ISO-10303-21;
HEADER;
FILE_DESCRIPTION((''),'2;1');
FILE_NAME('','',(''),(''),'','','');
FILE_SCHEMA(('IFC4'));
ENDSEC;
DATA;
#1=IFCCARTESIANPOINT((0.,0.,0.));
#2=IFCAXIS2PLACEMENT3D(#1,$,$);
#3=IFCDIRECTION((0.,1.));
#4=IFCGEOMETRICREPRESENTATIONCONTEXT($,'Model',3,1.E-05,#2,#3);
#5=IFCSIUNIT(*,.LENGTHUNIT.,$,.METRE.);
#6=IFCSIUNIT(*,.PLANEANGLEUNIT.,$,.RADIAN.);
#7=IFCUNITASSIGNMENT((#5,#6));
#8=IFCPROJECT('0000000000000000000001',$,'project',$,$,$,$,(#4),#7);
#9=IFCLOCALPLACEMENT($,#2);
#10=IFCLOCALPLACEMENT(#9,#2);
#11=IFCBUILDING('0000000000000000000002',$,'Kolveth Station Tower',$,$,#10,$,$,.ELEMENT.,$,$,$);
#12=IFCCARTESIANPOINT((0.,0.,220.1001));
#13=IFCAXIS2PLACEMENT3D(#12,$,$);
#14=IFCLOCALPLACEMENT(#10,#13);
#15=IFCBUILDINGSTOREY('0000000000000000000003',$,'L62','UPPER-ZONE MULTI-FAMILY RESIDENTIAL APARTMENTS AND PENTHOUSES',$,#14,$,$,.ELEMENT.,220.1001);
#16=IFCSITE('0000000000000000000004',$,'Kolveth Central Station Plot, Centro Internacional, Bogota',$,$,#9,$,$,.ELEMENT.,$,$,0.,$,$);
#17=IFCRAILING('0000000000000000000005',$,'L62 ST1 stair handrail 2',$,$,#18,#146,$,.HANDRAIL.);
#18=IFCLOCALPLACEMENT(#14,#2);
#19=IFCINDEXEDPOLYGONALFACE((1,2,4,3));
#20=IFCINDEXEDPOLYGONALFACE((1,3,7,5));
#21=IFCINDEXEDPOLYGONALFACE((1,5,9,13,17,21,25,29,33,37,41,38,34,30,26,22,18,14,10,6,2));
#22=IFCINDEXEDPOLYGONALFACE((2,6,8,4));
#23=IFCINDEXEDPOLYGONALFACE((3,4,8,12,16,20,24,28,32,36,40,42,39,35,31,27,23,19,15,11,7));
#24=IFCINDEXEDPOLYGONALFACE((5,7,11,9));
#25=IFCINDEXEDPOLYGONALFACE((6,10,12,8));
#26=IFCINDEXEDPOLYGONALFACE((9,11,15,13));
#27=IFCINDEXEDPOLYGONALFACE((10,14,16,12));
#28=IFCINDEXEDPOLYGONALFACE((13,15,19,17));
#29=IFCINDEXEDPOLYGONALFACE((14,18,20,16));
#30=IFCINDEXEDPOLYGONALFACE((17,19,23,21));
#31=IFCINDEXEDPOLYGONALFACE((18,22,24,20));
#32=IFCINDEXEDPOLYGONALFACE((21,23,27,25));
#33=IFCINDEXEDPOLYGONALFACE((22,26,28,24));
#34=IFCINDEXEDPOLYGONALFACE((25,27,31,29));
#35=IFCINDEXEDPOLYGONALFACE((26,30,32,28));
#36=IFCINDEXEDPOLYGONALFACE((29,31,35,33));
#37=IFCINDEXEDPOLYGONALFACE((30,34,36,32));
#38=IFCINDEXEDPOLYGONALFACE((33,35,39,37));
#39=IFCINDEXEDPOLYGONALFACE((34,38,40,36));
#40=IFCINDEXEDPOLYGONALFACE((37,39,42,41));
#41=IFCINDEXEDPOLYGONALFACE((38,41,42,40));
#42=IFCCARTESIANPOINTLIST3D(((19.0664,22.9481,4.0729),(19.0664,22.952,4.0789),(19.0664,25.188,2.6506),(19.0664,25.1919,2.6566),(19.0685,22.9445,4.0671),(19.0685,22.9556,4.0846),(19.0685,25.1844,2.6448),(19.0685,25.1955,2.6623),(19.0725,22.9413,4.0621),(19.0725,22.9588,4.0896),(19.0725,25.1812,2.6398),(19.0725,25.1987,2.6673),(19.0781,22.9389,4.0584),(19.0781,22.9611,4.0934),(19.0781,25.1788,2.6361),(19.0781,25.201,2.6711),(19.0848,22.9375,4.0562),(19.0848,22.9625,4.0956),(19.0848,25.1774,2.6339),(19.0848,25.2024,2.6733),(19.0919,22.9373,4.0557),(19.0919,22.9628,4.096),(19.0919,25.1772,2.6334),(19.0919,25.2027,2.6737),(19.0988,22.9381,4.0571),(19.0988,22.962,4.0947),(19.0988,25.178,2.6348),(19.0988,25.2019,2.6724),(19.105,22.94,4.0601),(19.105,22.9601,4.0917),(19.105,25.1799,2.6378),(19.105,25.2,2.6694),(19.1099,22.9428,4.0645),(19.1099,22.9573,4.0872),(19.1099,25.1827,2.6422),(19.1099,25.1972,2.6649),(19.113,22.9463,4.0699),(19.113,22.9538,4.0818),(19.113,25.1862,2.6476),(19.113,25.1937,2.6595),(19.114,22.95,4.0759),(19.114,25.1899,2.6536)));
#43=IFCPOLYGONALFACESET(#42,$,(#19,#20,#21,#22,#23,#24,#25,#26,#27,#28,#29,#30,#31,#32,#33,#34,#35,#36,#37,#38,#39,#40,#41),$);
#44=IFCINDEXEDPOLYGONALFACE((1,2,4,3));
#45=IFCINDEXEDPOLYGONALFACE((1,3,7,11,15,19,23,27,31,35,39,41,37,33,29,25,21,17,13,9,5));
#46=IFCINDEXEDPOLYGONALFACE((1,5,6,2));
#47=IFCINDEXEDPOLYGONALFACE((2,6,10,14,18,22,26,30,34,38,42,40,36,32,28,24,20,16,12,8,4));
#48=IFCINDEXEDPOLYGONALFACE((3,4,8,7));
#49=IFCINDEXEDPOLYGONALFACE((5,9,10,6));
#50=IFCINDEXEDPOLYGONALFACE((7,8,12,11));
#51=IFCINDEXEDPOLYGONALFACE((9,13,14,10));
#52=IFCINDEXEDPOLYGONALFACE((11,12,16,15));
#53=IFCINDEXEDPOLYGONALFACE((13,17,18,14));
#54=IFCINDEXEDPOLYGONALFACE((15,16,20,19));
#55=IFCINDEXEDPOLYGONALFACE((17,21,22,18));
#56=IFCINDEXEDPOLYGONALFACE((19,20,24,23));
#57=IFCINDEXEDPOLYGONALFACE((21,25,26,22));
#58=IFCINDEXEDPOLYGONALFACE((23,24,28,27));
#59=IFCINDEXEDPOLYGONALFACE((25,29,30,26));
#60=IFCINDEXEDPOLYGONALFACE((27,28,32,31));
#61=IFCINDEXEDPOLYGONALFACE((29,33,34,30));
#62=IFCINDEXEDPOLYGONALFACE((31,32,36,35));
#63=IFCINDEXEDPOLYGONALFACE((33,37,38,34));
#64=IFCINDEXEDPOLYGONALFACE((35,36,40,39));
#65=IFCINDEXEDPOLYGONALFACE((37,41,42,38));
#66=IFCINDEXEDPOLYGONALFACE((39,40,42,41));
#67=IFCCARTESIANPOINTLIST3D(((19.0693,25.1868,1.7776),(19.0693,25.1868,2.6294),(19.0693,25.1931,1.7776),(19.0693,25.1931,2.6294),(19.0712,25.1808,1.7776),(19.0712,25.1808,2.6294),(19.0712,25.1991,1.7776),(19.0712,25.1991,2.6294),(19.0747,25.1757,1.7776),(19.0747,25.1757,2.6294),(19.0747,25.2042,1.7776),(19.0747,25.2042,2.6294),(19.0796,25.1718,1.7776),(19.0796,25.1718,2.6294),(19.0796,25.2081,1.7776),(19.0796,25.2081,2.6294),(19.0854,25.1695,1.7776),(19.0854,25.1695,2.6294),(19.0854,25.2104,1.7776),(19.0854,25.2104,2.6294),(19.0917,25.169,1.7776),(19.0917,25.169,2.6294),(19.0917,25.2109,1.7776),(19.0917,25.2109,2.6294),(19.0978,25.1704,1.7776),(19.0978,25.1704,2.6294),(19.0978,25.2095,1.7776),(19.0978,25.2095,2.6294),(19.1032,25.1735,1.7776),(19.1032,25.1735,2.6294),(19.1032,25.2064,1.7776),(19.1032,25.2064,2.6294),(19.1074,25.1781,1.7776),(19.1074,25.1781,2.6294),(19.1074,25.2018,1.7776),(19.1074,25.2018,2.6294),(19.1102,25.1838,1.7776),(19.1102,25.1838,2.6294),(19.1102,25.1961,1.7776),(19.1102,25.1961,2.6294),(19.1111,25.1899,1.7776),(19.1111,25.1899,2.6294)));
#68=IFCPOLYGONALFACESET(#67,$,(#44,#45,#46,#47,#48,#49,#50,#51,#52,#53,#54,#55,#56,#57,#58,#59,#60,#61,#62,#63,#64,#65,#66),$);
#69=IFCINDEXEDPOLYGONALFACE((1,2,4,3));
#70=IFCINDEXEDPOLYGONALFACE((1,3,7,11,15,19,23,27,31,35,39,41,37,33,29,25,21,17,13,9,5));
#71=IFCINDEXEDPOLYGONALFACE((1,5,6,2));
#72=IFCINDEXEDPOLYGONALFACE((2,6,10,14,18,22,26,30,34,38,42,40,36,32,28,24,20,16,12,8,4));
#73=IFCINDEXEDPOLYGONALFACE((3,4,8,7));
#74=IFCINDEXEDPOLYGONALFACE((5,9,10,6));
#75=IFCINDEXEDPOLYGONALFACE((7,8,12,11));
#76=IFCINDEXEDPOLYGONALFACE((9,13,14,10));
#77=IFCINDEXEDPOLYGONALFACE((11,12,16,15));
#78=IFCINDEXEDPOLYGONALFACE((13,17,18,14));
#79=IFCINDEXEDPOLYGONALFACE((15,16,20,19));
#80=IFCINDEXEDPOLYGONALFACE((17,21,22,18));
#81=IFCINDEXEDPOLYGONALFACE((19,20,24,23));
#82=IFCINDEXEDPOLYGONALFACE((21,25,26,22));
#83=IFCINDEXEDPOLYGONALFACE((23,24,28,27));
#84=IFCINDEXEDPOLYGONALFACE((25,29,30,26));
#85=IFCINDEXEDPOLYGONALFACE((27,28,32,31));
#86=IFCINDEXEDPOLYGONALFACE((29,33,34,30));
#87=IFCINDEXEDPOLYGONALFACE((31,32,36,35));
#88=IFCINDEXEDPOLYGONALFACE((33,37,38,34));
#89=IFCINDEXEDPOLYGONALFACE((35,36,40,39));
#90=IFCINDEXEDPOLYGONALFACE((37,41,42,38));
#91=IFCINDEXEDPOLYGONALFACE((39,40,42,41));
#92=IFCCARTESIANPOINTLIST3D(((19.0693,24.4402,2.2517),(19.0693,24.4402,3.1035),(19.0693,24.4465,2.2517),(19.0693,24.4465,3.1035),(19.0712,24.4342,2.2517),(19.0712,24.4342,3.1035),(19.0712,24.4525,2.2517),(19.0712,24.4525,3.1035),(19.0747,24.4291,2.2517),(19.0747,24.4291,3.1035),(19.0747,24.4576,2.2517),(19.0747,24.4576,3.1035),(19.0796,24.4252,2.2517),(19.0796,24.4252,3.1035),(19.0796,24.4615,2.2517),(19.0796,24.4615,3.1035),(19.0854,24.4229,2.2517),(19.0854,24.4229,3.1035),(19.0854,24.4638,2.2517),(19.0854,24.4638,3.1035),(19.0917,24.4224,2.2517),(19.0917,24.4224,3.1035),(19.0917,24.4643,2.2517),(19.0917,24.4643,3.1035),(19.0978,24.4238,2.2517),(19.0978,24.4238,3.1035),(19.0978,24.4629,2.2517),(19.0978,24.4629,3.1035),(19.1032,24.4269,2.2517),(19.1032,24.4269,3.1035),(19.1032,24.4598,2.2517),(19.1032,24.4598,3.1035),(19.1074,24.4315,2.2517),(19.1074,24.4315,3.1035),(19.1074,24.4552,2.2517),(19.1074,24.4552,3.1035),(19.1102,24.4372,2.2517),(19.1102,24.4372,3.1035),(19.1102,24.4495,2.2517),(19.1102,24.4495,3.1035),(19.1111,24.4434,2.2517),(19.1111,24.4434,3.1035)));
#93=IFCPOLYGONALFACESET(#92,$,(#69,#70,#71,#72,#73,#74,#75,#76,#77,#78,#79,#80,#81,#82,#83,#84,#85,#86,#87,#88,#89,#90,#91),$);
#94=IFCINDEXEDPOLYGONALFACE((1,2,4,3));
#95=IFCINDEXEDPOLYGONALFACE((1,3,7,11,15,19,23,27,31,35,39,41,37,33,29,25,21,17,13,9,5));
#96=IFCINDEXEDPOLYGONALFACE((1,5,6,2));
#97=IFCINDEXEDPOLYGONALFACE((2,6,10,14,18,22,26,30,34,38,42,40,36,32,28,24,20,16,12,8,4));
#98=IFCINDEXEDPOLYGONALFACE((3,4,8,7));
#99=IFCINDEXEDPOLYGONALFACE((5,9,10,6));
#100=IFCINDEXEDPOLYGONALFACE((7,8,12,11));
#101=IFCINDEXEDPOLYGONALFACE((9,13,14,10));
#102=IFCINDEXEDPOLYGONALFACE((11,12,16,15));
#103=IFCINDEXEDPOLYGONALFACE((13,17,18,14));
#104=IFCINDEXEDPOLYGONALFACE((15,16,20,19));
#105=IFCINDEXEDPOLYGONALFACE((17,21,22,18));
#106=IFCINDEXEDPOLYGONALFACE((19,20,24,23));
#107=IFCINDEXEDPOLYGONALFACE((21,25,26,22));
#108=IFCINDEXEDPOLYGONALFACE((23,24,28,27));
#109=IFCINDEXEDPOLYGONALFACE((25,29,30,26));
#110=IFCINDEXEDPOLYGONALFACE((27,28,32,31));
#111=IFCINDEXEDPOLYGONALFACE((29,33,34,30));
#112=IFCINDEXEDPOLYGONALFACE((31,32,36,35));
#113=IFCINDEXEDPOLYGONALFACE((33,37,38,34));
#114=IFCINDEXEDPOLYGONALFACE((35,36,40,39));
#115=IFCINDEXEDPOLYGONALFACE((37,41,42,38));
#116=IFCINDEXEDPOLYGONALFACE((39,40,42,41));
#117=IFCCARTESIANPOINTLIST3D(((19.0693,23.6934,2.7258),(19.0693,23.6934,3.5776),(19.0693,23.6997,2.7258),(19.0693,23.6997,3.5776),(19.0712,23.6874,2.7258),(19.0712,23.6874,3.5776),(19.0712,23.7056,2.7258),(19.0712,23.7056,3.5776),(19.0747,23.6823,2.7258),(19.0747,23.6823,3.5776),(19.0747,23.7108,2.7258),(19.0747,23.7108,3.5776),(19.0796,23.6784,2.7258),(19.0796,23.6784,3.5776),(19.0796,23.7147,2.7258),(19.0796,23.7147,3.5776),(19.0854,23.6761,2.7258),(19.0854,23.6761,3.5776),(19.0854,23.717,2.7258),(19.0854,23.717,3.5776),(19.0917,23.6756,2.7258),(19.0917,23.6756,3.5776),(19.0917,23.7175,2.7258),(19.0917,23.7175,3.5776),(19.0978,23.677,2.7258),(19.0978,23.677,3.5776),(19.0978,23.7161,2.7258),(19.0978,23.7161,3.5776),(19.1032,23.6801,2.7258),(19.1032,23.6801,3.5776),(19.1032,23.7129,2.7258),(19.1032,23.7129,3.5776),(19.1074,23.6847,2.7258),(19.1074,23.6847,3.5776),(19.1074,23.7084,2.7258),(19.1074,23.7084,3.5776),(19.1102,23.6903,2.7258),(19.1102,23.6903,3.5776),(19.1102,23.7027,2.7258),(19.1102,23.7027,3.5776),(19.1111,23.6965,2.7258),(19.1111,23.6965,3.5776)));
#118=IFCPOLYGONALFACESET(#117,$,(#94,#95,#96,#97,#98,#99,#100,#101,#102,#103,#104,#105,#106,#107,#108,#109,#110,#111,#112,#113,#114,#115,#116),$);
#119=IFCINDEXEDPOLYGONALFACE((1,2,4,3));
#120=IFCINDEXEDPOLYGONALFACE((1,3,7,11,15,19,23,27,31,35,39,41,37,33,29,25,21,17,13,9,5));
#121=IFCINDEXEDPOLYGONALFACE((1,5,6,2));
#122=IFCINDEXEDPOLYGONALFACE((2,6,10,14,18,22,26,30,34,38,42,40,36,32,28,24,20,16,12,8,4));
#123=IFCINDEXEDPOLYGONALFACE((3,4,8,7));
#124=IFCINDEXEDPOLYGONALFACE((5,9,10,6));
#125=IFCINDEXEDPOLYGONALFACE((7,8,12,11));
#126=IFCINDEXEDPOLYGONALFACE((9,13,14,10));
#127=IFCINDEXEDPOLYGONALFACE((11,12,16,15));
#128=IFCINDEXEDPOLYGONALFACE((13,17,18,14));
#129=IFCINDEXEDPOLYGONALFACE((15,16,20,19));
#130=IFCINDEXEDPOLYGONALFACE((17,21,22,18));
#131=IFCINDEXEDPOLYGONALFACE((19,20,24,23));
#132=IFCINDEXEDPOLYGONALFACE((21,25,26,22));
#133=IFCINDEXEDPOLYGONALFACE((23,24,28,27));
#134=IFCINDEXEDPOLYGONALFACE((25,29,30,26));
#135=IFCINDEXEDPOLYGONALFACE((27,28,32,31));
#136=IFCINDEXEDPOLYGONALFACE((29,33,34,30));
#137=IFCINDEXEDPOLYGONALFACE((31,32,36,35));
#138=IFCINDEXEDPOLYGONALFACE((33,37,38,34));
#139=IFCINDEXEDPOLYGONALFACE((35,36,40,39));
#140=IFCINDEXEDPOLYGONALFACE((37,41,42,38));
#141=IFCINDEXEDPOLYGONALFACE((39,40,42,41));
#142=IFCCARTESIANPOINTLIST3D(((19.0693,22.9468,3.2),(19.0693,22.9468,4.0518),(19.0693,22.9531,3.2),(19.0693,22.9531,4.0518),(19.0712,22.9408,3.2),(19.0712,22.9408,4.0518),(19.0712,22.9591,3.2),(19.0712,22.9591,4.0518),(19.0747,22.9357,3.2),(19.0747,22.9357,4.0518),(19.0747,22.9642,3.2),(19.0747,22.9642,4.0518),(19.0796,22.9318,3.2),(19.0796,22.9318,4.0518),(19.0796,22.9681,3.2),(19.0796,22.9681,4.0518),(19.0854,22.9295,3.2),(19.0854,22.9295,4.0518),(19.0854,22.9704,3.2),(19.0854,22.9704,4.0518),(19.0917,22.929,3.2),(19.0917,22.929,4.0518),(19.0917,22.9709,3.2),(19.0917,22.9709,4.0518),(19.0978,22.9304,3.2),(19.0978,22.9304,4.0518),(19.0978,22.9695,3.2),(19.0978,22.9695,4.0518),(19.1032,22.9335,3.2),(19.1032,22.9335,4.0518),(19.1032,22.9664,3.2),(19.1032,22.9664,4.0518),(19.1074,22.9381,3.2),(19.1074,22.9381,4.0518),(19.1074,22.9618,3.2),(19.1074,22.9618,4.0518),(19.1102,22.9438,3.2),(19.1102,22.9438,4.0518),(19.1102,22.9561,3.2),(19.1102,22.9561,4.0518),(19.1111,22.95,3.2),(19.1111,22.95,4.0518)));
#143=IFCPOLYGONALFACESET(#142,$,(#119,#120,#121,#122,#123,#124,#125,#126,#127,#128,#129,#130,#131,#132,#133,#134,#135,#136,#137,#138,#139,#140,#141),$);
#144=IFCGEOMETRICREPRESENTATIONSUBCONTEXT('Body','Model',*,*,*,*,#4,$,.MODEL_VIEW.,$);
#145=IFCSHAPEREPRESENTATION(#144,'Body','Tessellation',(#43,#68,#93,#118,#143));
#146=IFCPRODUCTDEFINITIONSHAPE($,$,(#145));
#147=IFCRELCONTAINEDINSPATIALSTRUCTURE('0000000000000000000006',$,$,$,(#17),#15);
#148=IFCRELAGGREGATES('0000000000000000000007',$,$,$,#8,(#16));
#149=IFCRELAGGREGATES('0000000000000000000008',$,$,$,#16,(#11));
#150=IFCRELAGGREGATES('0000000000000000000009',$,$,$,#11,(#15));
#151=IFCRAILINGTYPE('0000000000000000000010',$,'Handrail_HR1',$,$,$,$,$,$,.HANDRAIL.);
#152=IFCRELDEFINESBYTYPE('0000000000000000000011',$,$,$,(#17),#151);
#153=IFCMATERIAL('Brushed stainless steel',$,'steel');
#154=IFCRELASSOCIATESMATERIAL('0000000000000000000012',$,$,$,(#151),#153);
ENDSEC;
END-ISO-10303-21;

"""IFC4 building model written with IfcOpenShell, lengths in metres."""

from ifc_helpers import new_model, si_unit, direction, frame, origin, origin_2d, place, context, subcontext, project, spatial, circle, extrude, material, type_object, element, save


model = new_model("IFC4")

# Units and contexts
model_context = context("Model", 3, precision=1e-05, world=origin(), true_north=direction((0.0, 1.0)))
body_context = subcontext(model_context, "Body", "Model", "MODEL_VIEW")
ifc_project = project(units=[si_unit("LENGTHUNIT", "METRE"), si_unit("PLANEANGLEUNIT", "RADIAN")], contexts=[model_context])

# Site, building, storey
site_placement = place(None, origin())
site = spatial("IfcSite", under=ifc_project, at=site_placement, Name="Kolveth Central Station Plot, Centro Internacional, Bogota", CompositionType="ELEMENT", RefElevation=0.0)
building_placement = place(site_placement, origin())
building = spatial("IfcBuilding", under=site, at=building_placement, Name="Kolveth Station Tower", CompositionType="ELEMENT")
storey_placement = place(building_placement, frame((0.0, 0.0, 220.1001)))
storey = spatial("IfcBuildingStorey", under=building, at=storey_placement, Name="L62", Description="UPPER-ZONE MULTI-FAMILY RESIDENTIAL APARTMENTS AND PENTHOUSES", CompositionType="ELEMENT", Elevation=220.1001)

# Railing
ifc_material_1 = material(Name="Brushed stainless steel", Category="steel")
railing_type_1 = type_object("IfcRailingType", Name="Handrail_HR1", PredefinedType="HANDRAIL", material=ifc_material_1)
railing_1_placement = place(storey_placement, frame((19.0901, 25.1899, 1.7776)))
element("IfcRailing", 1, at=railing_1_placement, inside=storey, type_object=railing_type_1, Name="L62 ST1 stair handrail 2", PredefinedType="HANDRAIL", context=body_context, shape_type="SweptSolid", body=[
    extrude(circle(Radius=0.0239, at=origin_2d()), frame((0.0, 0.0, 0.876), z_axis=(0.0, -0.844188, 0.536048), x_axis=(1.0, 0.0, 0.0)), (0.0, 0.0, 1.0), 2.6533),
    extrude(circle(Radius=0.021, at=origin_2d()), origin(), (0.0, 0.0, 1.0), 0.8518),
    extrude(circle(Radius=0.021, at=origin_2d()), frame((0.0, -0.7466, 0.4741)), (0.0, 0.0, 1.0), 0.8518),
    extrude(circle(Radius=0.021, at=origin_2d()), frame((0.0, -1.4934, 0.9482)), (0.0, 0.0, 1.0), 0.8518),
    extrude(circle(Radius=0.021, at=origin_2d()), frame((0.0, -2.24, 1.4224)), (0.0, 0.0, 1.0), 0.8518),
])

save(model, "model.ifc")
